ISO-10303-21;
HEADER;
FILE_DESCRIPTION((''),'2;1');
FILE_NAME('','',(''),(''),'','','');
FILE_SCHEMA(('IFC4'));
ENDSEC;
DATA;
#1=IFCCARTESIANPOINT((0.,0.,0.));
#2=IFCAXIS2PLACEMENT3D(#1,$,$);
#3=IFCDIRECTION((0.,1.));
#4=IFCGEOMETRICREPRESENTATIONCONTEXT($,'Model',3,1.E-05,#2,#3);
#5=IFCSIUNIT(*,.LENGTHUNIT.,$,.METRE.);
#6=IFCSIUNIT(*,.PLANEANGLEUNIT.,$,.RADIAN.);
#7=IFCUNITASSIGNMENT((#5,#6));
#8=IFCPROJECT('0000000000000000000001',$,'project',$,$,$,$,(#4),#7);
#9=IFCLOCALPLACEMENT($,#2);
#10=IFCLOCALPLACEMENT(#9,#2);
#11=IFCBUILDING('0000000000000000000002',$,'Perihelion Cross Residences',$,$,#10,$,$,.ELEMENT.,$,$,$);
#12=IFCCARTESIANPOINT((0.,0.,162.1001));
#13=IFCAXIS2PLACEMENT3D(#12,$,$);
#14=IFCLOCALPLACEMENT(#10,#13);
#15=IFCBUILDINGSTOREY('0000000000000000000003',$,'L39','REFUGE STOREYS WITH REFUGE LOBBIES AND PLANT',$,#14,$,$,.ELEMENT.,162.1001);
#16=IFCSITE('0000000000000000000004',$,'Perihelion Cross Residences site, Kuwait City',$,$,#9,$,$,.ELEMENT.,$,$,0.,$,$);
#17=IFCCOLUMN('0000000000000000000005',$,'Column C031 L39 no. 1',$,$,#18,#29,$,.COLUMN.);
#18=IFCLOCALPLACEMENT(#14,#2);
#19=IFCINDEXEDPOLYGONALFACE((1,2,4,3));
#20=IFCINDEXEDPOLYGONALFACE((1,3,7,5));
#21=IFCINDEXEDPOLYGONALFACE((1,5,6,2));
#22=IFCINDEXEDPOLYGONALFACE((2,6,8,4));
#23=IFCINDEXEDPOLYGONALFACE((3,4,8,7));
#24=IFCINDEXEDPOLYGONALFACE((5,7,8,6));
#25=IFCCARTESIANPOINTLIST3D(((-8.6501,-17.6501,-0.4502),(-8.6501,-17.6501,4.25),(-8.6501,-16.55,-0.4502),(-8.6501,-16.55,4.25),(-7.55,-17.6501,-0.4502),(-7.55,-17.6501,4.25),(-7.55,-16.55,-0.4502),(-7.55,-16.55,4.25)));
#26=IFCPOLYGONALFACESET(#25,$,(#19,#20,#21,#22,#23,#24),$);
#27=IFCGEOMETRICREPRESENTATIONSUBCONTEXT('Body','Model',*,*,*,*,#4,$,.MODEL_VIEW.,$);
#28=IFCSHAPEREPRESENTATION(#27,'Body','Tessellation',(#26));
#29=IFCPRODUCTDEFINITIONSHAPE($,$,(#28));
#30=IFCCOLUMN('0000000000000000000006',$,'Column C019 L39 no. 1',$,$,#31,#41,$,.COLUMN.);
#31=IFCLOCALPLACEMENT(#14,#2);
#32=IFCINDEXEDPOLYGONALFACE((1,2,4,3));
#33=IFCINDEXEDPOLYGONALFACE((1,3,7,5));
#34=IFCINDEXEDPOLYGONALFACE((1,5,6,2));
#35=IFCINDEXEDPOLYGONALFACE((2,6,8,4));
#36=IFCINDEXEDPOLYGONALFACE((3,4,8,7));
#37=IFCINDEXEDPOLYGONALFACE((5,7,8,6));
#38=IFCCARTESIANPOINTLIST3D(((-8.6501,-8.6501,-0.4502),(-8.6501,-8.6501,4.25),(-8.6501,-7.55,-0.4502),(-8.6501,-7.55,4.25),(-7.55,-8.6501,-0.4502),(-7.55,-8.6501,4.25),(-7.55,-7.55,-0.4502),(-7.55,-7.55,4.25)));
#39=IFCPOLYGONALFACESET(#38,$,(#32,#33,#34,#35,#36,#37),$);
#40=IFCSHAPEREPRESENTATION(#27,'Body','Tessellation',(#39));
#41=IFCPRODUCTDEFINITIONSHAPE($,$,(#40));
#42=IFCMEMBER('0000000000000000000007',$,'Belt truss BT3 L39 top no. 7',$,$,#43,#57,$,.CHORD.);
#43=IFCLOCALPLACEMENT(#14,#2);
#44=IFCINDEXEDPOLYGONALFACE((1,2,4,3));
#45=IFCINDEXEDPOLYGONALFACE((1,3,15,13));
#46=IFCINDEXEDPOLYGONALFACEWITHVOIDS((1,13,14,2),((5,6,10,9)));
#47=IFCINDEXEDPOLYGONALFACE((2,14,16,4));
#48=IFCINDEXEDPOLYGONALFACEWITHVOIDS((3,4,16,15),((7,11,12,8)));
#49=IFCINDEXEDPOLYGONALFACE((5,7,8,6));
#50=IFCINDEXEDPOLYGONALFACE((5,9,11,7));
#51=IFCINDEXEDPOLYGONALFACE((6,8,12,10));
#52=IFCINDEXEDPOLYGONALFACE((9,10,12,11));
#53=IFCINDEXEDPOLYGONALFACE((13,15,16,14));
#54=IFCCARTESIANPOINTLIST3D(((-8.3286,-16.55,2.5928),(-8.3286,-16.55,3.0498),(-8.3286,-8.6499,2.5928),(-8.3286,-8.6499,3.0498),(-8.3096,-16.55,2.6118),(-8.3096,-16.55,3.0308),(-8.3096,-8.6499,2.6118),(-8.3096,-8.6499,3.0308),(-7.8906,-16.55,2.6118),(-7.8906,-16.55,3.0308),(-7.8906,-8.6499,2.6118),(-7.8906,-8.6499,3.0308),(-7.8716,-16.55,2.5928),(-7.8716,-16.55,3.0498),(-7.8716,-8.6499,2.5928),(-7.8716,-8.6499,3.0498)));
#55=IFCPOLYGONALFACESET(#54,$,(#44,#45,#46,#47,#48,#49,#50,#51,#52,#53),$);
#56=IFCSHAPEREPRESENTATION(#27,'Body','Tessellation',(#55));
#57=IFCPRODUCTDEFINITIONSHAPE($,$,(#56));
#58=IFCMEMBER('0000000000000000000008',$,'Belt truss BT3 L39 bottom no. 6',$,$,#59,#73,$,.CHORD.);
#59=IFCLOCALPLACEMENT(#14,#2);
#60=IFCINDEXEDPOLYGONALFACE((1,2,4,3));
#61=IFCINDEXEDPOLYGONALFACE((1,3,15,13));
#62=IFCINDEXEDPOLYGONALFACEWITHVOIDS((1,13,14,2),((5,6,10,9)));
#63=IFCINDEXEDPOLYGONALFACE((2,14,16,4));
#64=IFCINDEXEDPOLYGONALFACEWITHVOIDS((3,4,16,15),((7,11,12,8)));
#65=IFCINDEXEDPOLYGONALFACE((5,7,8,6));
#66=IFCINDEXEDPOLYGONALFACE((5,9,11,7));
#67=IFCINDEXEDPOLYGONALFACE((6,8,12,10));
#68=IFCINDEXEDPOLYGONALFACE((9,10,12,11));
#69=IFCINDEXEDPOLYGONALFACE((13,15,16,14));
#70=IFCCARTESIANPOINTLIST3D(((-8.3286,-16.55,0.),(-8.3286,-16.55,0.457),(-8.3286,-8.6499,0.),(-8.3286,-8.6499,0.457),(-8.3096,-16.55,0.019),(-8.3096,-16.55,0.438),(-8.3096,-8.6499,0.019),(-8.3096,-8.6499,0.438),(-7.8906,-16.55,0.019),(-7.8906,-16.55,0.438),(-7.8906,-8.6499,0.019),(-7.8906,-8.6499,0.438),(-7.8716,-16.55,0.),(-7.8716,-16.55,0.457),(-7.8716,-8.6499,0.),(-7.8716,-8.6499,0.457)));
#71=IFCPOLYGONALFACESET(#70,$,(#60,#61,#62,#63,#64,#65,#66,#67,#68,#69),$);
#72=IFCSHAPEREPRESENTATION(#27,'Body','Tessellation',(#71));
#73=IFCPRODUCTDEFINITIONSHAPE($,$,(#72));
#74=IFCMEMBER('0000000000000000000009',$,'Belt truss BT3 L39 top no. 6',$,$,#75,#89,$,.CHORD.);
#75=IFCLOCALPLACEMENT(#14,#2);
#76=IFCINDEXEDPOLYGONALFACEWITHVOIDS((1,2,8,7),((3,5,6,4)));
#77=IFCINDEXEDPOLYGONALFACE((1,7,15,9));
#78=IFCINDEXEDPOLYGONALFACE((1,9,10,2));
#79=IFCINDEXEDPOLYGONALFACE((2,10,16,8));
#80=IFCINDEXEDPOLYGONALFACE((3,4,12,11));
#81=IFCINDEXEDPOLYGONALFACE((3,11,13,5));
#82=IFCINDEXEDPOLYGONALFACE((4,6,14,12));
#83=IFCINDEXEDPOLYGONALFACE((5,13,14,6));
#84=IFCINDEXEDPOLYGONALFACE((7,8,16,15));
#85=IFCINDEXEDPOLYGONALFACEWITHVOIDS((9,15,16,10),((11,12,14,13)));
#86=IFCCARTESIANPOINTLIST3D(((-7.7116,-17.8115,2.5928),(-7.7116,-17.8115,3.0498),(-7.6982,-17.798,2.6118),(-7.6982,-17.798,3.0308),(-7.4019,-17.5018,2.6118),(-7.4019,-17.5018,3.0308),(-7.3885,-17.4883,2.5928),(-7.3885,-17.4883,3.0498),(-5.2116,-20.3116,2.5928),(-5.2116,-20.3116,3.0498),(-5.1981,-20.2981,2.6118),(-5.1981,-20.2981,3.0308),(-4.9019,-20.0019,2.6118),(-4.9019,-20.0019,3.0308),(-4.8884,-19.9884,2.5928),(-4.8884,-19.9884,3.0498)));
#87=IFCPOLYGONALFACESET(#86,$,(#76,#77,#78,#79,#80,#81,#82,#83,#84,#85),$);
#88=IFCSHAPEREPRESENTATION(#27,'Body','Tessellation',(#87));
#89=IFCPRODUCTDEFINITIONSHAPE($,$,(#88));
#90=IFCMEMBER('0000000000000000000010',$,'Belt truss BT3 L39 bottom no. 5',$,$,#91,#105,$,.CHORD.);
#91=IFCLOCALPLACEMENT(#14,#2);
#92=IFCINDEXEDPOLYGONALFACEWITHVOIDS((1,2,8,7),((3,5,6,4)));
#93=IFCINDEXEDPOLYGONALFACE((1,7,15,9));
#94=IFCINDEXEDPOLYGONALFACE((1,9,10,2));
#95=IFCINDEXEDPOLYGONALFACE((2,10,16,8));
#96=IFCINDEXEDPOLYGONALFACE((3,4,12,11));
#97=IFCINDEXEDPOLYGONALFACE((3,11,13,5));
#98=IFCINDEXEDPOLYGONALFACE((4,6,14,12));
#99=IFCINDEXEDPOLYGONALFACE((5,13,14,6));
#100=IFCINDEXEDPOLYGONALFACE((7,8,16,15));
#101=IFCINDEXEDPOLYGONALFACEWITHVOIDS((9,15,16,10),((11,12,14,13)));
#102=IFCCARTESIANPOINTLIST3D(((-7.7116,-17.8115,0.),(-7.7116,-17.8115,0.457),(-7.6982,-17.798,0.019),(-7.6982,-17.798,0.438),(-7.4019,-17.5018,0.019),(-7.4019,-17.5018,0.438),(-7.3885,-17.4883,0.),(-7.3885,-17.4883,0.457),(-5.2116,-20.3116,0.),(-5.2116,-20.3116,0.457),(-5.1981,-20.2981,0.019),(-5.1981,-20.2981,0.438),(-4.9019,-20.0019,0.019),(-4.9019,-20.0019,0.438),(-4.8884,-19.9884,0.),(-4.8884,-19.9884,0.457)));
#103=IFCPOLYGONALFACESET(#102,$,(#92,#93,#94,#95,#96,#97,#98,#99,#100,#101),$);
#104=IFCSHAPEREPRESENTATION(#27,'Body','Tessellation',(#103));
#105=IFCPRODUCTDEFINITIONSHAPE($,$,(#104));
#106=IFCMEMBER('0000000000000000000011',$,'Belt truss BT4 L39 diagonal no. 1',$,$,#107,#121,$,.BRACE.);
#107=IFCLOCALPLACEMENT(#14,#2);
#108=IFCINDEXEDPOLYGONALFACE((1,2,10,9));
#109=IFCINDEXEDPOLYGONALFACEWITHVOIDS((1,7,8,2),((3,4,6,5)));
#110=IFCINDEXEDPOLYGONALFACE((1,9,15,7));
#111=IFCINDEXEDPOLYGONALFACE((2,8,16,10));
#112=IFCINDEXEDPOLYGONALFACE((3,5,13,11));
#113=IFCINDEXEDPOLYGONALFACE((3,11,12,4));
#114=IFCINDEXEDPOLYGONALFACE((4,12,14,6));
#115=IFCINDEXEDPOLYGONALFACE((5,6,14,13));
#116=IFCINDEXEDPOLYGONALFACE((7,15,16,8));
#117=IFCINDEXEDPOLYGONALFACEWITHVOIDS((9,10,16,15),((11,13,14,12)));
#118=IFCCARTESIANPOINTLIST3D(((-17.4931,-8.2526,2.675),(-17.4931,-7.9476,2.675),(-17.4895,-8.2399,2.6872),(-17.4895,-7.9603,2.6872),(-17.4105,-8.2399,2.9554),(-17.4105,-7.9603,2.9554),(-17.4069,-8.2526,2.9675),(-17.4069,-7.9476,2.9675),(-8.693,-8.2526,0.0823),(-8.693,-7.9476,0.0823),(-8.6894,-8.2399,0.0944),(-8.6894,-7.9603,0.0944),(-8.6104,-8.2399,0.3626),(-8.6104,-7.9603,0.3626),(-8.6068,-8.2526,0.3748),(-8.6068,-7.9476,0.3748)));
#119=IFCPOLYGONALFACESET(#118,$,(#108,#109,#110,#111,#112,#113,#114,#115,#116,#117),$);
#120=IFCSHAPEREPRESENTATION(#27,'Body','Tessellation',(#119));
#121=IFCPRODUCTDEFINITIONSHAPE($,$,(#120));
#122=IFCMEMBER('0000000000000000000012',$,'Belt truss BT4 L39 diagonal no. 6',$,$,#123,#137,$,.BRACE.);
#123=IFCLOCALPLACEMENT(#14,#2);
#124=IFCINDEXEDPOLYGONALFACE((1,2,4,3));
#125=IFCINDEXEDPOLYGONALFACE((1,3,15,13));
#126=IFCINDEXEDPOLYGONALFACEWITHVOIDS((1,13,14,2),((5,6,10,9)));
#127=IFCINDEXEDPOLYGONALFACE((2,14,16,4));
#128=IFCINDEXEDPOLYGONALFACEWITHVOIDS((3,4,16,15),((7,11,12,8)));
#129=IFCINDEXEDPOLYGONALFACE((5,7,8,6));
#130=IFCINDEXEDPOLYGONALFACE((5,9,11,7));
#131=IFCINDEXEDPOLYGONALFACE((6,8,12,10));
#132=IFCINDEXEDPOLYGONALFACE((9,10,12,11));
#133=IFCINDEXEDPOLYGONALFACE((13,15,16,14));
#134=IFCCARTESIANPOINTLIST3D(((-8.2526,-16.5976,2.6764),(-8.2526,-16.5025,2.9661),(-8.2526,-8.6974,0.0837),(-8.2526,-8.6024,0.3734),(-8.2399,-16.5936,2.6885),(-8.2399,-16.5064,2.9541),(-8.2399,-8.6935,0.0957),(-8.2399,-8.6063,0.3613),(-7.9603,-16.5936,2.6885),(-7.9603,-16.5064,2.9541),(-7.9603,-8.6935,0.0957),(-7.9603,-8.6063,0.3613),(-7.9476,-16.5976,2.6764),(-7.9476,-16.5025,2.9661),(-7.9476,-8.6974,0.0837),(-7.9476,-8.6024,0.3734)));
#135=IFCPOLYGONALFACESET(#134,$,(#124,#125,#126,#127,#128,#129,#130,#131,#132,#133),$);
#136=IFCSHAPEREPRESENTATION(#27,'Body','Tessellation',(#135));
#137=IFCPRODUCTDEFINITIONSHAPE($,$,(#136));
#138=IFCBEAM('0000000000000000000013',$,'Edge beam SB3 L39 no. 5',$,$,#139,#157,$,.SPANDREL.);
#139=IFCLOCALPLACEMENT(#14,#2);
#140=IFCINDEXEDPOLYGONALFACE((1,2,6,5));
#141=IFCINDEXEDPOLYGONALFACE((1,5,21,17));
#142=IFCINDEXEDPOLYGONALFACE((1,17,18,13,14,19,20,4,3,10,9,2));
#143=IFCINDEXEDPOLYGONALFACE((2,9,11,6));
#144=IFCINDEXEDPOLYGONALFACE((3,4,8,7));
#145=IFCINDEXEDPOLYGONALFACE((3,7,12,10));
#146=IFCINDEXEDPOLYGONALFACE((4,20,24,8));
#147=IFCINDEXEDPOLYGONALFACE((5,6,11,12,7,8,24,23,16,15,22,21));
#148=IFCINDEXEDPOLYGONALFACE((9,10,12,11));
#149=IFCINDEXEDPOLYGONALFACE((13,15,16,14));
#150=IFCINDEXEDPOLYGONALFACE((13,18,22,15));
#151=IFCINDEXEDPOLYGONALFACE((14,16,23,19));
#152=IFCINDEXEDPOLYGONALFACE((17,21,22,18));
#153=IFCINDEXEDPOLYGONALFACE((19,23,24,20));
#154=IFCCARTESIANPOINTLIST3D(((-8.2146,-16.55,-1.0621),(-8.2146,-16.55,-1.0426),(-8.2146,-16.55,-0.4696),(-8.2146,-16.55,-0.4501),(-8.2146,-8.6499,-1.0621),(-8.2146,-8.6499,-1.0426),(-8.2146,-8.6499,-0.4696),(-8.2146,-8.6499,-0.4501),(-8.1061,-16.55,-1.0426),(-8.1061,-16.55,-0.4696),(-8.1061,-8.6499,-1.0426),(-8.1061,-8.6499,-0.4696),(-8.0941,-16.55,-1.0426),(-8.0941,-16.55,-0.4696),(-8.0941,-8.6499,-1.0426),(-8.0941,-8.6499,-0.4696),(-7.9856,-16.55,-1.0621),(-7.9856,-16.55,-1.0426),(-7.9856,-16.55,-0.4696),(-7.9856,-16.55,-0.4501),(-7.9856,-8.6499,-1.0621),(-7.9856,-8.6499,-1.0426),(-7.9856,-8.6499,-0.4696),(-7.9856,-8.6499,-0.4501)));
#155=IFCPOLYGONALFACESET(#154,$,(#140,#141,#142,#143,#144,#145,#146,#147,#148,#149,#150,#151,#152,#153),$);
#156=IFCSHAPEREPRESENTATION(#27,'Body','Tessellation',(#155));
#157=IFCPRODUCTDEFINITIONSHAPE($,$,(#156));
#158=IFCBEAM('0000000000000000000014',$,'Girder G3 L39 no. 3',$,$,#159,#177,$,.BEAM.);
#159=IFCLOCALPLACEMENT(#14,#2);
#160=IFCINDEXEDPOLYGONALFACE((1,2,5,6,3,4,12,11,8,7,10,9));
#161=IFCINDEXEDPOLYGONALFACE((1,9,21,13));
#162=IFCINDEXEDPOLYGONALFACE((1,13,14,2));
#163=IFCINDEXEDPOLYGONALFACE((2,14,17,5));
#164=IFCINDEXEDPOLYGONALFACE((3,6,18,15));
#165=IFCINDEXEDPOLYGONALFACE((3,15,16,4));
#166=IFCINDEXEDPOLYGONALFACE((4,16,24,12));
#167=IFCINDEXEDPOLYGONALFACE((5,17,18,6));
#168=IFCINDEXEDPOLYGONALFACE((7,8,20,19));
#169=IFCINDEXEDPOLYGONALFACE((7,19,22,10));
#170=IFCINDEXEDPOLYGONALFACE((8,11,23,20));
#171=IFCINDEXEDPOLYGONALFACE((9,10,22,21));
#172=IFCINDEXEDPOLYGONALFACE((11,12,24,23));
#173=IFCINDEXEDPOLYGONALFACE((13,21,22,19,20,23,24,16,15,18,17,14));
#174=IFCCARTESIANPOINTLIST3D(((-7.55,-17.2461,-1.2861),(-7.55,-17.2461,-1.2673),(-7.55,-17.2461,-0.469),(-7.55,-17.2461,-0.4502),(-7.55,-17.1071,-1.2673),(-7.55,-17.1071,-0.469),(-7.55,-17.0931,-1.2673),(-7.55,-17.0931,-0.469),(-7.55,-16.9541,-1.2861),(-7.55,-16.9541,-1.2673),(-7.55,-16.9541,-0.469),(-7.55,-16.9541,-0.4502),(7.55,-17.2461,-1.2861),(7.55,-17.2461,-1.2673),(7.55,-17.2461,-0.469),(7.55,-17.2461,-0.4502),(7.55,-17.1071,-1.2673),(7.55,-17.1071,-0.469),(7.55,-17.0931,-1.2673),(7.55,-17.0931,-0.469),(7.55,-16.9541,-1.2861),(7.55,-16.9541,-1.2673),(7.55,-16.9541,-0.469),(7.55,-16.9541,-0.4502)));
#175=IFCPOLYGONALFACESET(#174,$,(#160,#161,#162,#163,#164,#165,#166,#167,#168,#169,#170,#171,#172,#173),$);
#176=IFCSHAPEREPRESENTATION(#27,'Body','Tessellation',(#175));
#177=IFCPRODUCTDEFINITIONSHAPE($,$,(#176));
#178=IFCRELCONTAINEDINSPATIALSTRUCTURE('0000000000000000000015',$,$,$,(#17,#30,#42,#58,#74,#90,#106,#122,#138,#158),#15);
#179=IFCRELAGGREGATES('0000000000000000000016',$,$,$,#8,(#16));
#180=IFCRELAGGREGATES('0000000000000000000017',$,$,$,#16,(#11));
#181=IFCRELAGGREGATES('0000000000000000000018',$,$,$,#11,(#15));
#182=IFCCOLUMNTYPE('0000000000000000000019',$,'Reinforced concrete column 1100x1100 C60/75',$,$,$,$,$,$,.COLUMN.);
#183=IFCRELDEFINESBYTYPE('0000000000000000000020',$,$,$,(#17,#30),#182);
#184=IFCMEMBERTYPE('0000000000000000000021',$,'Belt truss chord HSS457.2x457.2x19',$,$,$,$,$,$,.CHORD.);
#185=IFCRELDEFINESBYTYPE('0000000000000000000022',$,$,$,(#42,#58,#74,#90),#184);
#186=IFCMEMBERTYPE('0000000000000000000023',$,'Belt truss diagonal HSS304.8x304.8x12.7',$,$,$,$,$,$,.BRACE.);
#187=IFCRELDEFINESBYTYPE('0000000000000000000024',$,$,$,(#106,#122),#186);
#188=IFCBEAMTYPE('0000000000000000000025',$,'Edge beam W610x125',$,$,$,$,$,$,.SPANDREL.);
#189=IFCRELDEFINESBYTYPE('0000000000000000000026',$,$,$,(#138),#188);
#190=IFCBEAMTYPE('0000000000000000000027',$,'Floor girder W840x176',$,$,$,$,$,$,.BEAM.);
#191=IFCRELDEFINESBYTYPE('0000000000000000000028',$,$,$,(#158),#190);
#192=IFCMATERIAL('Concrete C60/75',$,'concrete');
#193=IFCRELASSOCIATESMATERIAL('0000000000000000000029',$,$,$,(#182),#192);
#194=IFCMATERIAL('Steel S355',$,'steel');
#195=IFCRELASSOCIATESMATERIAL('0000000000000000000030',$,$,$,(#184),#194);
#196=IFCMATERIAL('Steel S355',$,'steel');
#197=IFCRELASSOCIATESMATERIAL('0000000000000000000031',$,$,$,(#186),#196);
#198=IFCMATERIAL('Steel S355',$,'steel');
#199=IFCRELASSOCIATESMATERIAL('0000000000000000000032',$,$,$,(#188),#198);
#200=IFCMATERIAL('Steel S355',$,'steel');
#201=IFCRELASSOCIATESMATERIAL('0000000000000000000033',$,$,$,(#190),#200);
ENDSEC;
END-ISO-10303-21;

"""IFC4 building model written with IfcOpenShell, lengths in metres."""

from ifc_helpers import new_model, si_unit, direction, frame, origin, origin_2d, place, context, subcontext, project, spatial, rectangle, hollow_rectangle, i_section, extrude, material, material_profile, profile_set, type_object, element, save


model = new_model("IFC4")

# Units and contexts
model_context = context("Model", 3, precision=1e-05, world=origin(), true_north=direction((0.0, 1.0)))
body_context = subcontext(model_context, "Body", "Model", "MODEL_VIEW")
ifc_project = project(units=[si_unit("LENGTHUNIT", "METRE"), si_unit("PLANEANGLEUNIT", "RADIAN")], contexts=[model_context])

# Site, building, storey
site_placement = place(None, origin())
site = spatial("IfcSite", under=ifc_project, at=site_placement, Name="Perihelion Cross Residences site, Kuwait City", CompositionType="ELEMENT", RefElevation=0.0)
building_placement = place(site_placement, origin())
building = spatial("IfcBuilding", under=site, at=building_placement, Name="Perihelion Cross Residences", CompositionType="ELEMENT")
storey_placement = place(building_placement, frame((0.0, 0.0, 162.1001)))
storey = spatial("IfcBuildingStorey", under=building, at=storey_placement, Name="L39", Description="REFUGE STOREYS WITH REFUGE LOBBIES AND PLANT", CompositionType="ELEMENT", Elevation=162.1001)

# Columns
ifc_material_1 = material(Name="Concrete C60/75", Category="concrete")
ifc_material_profile_1 = material_profile(ifc_material_1, rectangle(XDim=1.1001, YDim=1.1001, at=origin_2d()), Name="RC 1100x1100")
ifc_profile_set_1 = profile_set([ifc_material_profile_1], Name="Concrete C60/75")
column_type = type_object("IfcColumnType", Name="Reinforced concrete column 1100x1100 C60/75", PredefinedType="COLUMN", material=ifc_profile_set_1)
for number, where, z_axis, x_axis, name in (
    (1, (-8.1001, -17.1001, -0.4502), (0.0, 0.0, 1.0), (1.0, 0.0, 0.0), "Column C031 L39 no. 1"),
    (2, (-8.1001, -8.1001, -0.4502), (0.0, 0.0, 1.0), (1.0, 0.0, 0.0), "Column C019 L39 no. 1"),
):
    element("IfcColumn", number, at=place(storey_placement, frame(where, z_axis=z_axis, x_axis=x_axis)), inside=storey, type_object=column_type, Name=name, PredefinedType="COLUMN", context=body_context, shape_type="SweptSolid", body=[
        extrude(rectangle(XDim=1.1001, YDim=1.1001, at=origin_2d()), origin(), (0.0, 0.0, 1.0), 4.7002),
    ])

# Members
ifc_material_2 = material(Name="Steel S355", Category="steel")
ifc_material_profile_2 = material_profile(ifc_material_2, hollow_rectangle(XDim=0.457, YDim=0.457, WallThickness=0.019, at=origin_2d()), Name="HSS457.2x457.2x19")
ifc_profile_set_2 = profile_set([ifc_material_profile_2], Name="Steel S355")
member_type_1 = type_object("IfcMemberType", Name="Belt truss chord HSS457.2x457.2x19", PredefinedType="CHORD", material=ifc_profile_set_2)
for number, where, z_axis, x_axis, name in (
    (3, (-8.1001, -8.6499, 2.8213), (0.0, -1.0, 0.0), (1.0, 0.0, 0.0), "Belt truss BT3 L39 top no. 7"),
    (4, (-8.1001, -8.6499, 0.2285), (0.0, -1.0, 0.0), (1.0, 0.0, 0.0), "Belt truss BT3 L39 bottom no. 6"),
):
    element("IfcMember", number, at=place(storey_placement, frame(where, z_axis=z_axis, x_axis=x_axis)), inside=storey, type_object=member_type_1, Name=name, PredefinedType="CHORD", context=body_context, shape_type="SweptSolid", body=[
        extrude(hollow_rectangle(XDim=0.457, YDim=0.457, WallThickness=0.019, at=origin_2d()), origin(), (0.0, 0.0, 1.0), 7.9001),
    ])
for number, where, z_axis, x_axis, name in (
    (5, (-7.55, -17.6499, 2.8213), (0.707107, -0.707107, 0.0), (0.707107, 0.707107, 0.0), "Belt truss BT3 L39 top no. 6"),
    (6, (-7.55, -17.6499, 0.2285), (0.707107, -0.707107, 0.0), (0.707107, 0.707107, 0.0), "Belt truss BT3 L39 bottom no. 5"),
):
    element("IfcMember", number, at=place(storey_placement, frame(where, z_axis=z_axis, x_axis=x_axis)), inside=storey, type_object=member_type_1, Name=name, PredefinedType="CHORD", context=body_context, shape_type="SweptSolid", body=[
        extrude(hollow_rectangle(XDim=0.457, YDim=0.457, WallThickness=0.019, at=origin_2d()), origin(), (0.0, 0.0, 1.0), 3.5356),
    ])
ifc_material_3 = material(Name="Steel S355", Category="steel")
ifc_material_profile_3 = material_profile(ifc_material_3, hollow_rectangle(XDim=0.3049, YDim=0.3049, WallThickness=0.0127, at=origin_2d()), Name="HSS304.8x304.8x12.7")
ifc_profile_set_3 = profile_set([ifc_material_profile_3], Name="Steel S355")
member_type_2 = type_object("IfcMemberType", Name="Belt truss diagonal HSS304.8x304.8x12.7", PredefinedType="BRACE", material=ifc_profile_set_3)
member_1_placement = place(storey_placement, frame((-8.6499, -8.1001, 0.2285), z_axis=(-0.959232, 0.0, 0.28262), x_axis=(0.0, -1.0, 0.0)))
element("IfcMember", 7, at=member_1_placement, inside=storey, type_object=member_type_2, Name="Belt truss BT4 L39 diagonal no. 1", PredefinedType="BRACE", context=body_context, shape_type="SweptSolid", body=[
    extrude(hollow_rectangle(XDim=0.3049, YDim=0.3049, WallThickness=0.0127, at=origin_2d()), origin(), (0.0, 0.0, 1.0), 9.1741),
])
member_2_placement = place(storey_placement, frame((-8.1001, -8.6499, 0.2285), z_axis=(0.0, -0.950138, 0.311829), x_axis=(1.0, 0.0, 0.0)))
element("IfcMember", 8, at=member_2_placement, inside=storey, type_object=member_type_2, Name="Belt truss BT4 L39 diagonal no. 6", PredefinedType="BRACE", context=body_context, shape_type="SweptSolid", body=[
    extrude(hollow_rectangle(XDim=0.3049, YDim=0.3049, WallThickness=0.0127, at=origin_2d()), origin(), (0.0, 0.0, 1.0), 8.3147),
])

# Beams
ifc_material_4 = material(Name="Steel S355", Category="steel")
ifc_material_profile_4 = material_profile(ifc_material_4, i_section(OverallWidth=0.229, OverallDepth=0.6121, WebThickness=0.012, FlangeThickness=0.0195, at=origin_2d()), Name="W610x125")
ifc_profile_set_4 = profile_set([ifc_material_profile_4], Name="Steel S355")
beam_type_1 = type_object("IfcBeamType", Name="Edge beam W610x125", PredefinedType="SPANDREL", material=ifc_profile_set_4)
beam_1_placement = place(storey_placement, frame((-8.1001, -8.6499, -0.7561), z_axis=(0.0, -1.0, 0.0), x_axis=(1.0, 0.0, 0.0)))
element("IfcBeam", 9, at=beam_1_placement, inside=storey, type_object=beam_type_1, Name="Edge beam SB3 L39 no. 5", PredefinedType="SPANDREL", context=body_context, shape_type="SweptSolid", body=[
    extrude(i_section(OverallWidth=0.229, OverallDepth=0.6121, WebThickness=0.012, FlangeThickness=0.0195, at=origin_2d()), origin(), (0.0, 0.0, 1.0), 7.9001),
])
ifc_material_5 = material(Name="Steel S355", Category="steel")
ifc_material_profile_5 = material_profile(ifc_material_5, i_section(OverallWidth=0.292, OverallDepth=0.8359, WebThickness=0.0139, FlangeThickness=0.0188, at=origin_2d()), Name="W840x176")
ifc_profile_set_5 = profile_set([ifc_material_profile_5], Name="Steel S355")
beam_type_2 = type_object("IfcBeamType", Name="Floor girder W840x176", PredefinedType="BEAM", material=ifc_profile_set_5)
beam_2_placement = place(storey_placement, frame((-7.55, -17.1001, -0.8682), z_axis=(1.0, 0.0, 0.0), x_axis=(0.0, 1.0, 0.0)))
element("IfcBeam", 10, at=beam_2_placement, inside=storey, type_object=beam_type_2, Name="Girder G3 L39 no. 3", PredefinedType="BEAM", context=body_context, shape_type="SweptSolid", body=[
    extrude(i_section(OverallWidth=0.292, OverallDepth=0.8359, WebThickness=0.0139, FlangeThickness=0.0188, at=origin_2d()), origin(), (0.0, 0.0, 1.0), 15.1001),
])

save(model, "model.ifc")
